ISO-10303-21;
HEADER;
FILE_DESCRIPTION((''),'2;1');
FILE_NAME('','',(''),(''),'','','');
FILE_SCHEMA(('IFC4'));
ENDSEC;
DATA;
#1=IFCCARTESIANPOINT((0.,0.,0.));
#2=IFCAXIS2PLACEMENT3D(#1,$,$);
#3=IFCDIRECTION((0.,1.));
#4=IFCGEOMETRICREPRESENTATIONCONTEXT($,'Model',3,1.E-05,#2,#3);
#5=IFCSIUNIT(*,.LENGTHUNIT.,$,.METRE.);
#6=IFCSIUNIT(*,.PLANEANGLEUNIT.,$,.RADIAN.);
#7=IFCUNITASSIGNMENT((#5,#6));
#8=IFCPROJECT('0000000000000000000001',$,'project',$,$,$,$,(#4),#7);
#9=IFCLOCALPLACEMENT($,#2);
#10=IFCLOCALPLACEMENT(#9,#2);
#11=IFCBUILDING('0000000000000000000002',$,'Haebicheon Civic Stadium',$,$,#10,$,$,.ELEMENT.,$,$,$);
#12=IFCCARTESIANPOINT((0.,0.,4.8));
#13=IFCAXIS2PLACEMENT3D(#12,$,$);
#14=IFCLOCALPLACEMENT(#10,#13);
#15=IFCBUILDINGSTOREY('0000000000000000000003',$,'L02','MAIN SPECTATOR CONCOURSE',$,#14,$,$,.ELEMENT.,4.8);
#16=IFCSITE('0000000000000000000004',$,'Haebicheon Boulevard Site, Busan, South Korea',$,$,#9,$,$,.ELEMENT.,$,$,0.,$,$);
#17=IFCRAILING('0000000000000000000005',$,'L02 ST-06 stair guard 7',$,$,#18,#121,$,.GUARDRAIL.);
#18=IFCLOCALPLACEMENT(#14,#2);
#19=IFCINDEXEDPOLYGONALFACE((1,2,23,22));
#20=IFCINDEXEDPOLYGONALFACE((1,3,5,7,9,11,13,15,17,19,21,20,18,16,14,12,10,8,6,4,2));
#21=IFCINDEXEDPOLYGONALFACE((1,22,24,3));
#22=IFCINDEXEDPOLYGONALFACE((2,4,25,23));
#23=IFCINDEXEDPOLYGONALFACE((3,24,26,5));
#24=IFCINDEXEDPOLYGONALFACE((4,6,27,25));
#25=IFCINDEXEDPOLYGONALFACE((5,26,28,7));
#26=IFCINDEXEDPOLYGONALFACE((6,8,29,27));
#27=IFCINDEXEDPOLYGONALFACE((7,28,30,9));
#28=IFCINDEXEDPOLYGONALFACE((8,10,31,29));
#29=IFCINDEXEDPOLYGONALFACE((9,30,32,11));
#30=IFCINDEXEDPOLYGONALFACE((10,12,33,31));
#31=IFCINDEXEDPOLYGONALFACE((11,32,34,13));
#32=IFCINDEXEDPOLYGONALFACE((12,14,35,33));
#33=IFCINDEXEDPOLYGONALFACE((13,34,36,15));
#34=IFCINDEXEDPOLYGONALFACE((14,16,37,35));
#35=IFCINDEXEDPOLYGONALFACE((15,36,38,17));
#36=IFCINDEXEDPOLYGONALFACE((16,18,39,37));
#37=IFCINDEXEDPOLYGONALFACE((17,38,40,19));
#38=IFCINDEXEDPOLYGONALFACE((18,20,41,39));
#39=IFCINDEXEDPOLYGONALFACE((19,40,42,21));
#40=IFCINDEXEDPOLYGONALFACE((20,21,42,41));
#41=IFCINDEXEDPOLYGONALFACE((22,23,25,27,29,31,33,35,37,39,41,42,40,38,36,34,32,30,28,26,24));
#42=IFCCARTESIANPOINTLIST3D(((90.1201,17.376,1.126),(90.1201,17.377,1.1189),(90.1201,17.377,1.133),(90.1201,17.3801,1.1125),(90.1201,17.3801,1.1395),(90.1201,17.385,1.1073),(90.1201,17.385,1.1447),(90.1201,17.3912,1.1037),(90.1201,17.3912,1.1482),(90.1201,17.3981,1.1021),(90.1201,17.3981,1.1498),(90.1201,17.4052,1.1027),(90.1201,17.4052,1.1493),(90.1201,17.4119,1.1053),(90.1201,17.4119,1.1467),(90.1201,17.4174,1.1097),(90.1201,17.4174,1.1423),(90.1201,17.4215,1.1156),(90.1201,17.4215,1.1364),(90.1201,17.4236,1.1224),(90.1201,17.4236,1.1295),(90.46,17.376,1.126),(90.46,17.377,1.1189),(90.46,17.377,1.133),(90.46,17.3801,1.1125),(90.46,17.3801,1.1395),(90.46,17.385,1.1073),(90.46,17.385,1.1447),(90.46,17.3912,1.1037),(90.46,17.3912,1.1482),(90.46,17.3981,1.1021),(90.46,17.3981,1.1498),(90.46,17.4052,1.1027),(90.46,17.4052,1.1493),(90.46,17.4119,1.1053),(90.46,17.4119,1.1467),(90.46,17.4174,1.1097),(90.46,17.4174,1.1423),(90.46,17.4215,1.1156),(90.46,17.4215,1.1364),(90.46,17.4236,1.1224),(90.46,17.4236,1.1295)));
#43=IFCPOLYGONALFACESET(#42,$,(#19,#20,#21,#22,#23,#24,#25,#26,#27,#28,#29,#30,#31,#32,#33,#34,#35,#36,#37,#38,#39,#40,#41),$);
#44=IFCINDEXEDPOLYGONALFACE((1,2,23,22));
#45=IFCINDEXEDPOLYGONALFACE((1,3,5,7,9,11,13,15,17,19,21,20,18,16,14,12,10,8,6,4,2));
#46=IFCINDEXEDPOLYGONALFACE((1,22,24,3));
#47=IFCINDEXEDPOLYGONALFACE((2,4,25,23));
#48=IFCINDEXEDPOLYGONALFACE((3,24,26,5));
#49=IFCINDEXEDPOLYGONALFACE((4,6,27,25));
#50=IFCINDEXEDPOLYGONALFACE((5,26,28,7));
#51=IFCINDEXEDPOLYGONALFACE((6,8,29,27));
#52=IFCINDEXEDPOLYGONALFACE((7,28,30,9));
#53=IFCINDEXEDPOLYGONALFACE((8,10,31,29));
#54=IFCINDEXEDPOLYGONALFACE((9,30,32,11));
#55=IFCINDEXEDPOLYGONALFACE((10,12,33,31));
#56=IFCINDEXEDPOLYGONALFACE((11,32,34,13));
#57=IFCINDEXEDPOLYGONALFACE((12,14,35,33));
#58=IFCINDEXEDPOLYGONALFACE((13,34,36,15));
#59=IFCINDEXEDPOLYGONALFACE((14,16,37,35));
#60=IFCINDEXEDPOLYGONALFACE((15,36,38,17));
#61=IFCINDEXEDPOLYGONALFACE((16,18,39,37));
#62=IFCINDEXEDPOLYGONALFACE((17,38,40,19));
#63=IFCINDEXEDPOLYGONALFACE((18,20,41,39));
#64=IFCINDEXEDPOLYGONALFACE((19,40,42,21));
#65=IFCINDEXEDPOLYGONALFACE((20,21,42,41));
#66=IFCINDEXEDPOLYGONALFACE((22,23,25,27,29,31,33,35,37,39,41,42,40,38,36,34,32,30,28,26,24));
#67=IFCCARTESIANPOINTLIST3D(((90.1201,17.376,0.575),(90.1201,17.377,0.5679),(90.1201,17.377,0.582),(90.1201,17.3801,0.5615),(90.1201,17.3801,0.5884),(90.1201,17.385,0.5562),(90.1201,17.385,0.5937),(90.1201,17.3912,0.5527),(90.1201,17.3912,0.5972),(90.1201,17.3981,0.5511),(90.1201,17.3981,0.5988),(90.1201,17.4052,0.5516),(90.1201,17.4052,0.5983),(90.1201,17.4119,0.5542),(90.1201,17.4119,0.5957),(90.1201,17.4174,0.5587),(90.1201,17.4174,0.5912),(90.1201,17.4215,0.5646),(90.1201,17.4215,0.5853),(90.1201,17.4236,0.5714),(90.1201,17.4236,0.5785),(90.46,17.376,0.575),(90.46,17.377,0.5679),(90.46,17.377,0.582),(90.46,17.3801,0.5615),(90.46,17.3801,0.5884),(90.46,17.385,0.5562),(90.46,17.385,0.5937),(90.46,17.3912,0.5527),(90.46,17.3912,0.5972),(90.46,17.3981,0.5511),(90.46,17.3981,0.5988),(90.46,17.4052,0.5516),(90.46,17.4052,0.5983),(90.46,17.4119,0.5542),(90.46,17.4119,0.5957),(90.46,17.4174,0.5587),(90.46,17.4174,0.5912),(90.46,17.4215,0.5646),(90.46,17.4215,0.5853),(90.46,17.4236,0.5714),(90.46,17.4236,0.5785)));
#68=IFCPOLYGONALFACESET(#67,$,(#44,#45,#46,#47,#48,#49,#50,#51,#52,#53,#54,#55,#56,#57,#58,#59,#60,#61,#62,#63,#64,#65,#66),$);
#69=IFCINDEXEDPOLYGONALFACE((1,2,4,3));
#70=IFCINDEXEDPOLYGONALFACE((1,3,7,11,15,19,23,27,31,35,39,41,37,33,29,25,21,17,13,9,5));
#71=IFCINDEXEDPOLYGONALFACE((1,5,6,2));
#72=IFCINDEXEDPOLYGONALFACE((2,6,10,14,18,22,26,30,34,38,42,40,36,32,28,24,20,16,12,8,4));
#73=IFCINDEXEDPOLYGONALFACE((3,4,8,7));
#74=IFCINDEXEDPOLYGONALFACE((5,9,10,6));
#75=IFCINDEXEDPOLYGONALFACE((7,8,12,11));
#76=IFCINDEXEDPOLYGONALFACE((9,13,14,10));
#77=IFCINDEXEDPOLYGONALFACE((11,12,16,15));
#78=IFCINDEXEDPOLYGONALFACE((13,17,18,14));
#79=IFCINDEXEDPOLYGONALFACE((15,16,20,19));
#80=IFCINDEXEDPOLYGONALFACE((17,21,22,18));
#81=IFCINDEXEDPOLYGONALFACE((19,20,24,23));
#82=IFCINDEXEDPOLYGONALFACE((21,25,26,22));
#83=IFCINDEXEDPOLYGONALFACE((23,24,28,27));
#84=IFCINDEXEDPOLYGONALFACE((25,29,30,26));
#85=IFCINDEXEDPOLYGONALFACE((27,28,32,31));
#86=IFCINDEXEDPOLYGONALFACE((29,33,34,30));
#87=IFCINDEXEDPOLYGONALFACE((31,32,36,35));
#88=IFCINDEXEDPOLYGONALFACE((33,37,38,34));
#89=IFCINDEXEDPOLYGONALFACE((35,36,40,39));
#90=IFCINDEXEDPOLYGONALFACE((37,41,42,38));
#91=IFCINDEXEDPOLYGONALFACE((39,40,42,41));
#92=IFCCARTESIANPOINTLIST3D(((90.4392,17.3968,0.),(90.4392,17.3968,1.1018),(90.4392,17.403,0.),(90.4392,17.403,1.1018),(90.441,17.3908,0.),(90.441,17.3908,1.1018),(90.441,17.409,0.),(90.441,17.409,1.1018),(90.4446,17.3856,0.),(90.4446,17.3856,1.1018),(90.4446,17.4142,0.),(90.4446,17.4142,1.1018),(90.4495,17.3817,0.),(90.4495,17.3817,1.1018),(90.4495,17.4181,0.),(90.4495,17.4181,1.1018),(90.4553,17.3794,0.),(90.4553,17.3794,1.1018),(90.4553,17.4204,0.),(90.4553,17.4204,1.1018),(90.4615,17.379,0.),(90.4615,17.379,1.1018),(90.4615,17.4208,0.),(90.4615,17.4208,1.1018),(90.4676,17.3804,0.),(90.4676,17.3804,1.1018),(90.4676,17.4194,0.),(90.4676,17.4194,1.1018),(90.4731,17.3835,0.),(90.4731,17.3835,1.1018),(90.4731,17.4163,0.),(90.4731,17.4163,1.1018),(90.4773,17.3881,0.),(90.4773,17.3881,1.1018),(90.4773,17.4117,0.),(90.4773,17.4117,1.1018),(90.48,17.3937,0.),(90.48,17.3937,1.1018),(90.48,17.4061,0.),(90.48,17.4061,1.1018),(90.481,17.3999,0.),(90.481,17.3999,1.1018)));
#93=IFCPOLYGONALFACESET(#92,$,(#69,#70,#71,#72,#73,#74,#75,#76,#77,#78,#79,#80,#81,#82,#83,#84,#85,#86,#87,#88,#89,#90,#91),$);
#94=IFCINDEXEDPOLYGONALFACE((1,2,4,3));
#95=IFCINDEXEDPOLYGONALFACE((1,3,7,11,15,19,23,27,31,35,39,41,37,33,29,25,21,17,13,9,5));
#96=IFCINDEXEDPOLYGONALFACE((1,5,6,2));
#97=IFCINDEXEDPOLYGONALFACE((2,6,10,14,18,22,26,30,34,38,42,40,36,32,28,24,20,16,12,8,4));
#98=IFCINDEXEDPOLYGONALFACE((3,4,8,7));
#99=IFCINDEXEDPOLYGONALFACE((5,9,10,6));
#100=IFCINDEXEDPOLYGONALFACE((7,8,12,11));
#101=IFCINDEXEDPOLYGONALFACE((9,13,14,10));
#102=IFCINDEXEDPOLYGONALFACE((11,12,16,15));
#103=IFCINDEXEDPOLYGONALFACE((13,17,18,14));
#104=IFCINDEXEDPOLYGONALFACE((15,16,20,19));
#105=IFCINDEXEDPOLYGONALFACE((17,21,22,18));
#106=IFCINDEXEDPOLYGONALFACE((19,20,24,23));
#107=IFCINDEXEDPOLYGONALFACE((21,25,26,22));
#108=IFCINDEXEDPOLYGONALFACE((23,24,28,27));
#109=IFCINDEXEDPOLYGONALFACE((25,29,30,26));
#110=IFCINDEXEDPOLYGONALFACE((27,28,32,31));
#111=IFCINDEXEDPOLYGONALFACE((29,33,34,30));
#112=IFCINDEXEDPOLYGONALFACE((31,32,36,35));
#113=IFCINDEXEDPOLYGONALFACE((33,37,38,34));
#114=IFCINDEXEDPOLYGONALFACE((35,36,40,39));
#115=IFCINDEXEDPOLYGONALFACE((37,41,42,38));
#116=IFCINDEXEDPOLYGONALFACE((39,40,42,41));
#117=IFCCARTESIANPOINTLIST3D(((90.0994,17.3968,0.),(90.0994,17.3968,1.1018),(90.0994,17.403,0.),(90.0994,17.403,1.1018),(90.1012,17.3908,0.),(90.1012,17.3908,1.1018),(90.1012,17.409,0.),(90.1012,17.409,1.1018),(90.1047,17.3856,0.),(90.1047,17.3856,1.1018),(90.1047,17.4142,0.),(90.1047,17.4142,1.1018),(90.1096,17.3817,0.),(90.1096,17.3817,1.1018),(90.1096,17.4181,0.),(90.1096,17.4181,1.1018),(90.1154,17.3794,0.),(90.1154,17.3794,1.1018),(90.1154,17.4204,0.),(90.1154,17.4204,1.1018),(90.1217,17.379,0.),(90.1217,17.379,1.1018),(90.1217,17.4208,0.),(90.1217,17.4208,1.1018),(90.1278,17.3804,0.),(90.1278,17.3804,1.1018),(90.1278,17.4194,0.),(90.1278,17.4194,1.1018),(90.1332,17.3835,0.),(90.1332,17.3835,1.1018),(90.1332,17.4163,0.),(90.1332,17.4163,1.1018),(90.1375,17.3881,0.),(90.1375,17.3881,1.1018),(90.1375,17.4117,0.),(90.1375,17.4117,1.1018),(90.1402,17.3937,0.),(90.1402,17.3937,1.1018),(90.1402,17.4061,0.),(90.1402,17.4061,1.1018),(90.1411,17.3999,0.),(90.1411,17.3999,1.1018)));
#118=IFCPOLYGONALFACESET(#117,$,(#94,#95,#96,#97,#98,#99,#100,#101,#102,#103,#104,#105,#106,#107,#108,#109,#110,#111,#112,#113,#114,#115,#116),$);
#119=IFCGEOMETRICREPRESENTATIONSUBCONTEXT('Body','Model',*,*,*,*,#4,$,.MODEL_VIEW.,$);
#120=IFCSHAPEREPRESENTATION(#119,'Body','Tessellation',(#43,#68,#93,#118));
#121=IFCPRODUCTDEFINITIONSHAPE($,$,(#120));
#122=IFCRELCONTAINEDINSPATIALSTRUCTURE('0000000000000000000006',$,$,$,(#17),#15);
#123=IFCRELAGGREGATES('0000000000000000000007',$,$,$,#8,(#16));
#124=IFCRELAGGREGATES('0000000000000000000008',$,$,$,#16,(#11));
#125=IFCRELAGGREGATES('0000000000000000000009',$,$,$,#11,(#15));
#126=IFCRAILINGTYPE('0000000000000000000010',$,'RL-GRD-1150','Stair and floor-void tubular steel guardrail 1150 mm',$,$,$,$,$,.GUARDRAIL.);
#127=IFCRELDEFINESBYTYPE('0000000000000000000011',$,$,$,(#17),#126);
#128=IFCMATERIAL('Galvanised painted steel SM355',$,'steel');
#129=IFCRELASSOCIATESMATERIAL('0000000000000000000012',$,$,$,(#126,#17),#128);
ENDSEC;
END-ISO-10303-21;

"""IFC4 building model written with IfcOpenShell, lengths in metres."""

from ifc_helpers import new_model, si_unit, direction, frame, origin, origin_2d, place, context, subcontext, project, spatial, circle, extrude, material, type_object, element, save


model = new_model("IFC4")

# Units and contexts
model_context = context("Model", 3, precision=1e-05, world=origin(), true_north=direction((0.0, 1.0)))
body_context = subcontext(model_context, "Body", "Model", "MODEL_VIEW")
ifc_project = project(units=[si_unit("LENGTHUNIT", "METRE"), si_unit("PLANEANGLEUNIT", "RADIAN")], contexts=[model_context])

# Site, building, storey
site_placement = place(None, origin())
site = spatial("IfcSite", under=ifc_project, at=site_placement, Name="Haebicheon Boulevard Site, Busan, South Korea", CompositionType="ELEMENT", RefElevation=0.0)
building_placement = place(site_placement, origin())
building = spatial("IfcBuilding", under=site, at=building_placement, Name="Haebicheon Civic Stadium", CompositionType="ELEMENT")
storey_placement = place(building_placement, frame((0.0, 0.0, 4.8)))
storey = spatial("IfcBuildingStorey", under=building, at=storey_placement, Name="L02", Description="MAIN SPECTATOR CONCOURSE", CompositionType="ELEMENT", Elevation=4.8)

# Railing
ifc_material_1 = material(Name="Galvanised painted steel SM355", Category="steel")
railing_type_1 = type_object("IfcRailingType", Name="RL-GRD-1150", Description="Stair and floor-void tubular steel guardrail 1150 mm", PredefinedType="GUARDRAIL", material=ifc_material_1)
railing_1_placement = place(storey_placement, frame((90.46, 17.3999, 0.0)))
element("IfcRailing", 1, at=railing_1_placement, inside=storey, type_object=railing_type_1, material=ifc_material_1, Name="L02 ST-06 stair guard 7", PredefinedType="GUARDRAIL", context=body_context, shape_type="SweptSolid", body=[
    extrude(circle(Radius=0.0239, at=origin_2d()), frame((0.0, 0.0, 1.126), z_axis=(-1.0, 0.0, 0.0), x_axis=(0.0, -1.0, 0.0)), (0.0, 0.0, 1.0), 0.3398),
    extrude(circle(Radius=0.0239, at=origin_2d()), frame((0.0, 0.0, 0.575), z_axis=(-1.0, 0.0, 0.0), x_axis=(0.0, -1.0, 0.0)), (0.0, 0.0, 1.0), 0.3398),
    extrude(circle(Radius=0.021, at=origin_2d()), origin(), (0.0, 0.0, 1.0), 1.1018),
    extrude(circle(Radius=0.021, at=origin_2d()), frame((-0.3398, 0.0, 0.0)), (0.0, 0.0, 1.0), 1.1018),
])

save(model, "model.ifc")
